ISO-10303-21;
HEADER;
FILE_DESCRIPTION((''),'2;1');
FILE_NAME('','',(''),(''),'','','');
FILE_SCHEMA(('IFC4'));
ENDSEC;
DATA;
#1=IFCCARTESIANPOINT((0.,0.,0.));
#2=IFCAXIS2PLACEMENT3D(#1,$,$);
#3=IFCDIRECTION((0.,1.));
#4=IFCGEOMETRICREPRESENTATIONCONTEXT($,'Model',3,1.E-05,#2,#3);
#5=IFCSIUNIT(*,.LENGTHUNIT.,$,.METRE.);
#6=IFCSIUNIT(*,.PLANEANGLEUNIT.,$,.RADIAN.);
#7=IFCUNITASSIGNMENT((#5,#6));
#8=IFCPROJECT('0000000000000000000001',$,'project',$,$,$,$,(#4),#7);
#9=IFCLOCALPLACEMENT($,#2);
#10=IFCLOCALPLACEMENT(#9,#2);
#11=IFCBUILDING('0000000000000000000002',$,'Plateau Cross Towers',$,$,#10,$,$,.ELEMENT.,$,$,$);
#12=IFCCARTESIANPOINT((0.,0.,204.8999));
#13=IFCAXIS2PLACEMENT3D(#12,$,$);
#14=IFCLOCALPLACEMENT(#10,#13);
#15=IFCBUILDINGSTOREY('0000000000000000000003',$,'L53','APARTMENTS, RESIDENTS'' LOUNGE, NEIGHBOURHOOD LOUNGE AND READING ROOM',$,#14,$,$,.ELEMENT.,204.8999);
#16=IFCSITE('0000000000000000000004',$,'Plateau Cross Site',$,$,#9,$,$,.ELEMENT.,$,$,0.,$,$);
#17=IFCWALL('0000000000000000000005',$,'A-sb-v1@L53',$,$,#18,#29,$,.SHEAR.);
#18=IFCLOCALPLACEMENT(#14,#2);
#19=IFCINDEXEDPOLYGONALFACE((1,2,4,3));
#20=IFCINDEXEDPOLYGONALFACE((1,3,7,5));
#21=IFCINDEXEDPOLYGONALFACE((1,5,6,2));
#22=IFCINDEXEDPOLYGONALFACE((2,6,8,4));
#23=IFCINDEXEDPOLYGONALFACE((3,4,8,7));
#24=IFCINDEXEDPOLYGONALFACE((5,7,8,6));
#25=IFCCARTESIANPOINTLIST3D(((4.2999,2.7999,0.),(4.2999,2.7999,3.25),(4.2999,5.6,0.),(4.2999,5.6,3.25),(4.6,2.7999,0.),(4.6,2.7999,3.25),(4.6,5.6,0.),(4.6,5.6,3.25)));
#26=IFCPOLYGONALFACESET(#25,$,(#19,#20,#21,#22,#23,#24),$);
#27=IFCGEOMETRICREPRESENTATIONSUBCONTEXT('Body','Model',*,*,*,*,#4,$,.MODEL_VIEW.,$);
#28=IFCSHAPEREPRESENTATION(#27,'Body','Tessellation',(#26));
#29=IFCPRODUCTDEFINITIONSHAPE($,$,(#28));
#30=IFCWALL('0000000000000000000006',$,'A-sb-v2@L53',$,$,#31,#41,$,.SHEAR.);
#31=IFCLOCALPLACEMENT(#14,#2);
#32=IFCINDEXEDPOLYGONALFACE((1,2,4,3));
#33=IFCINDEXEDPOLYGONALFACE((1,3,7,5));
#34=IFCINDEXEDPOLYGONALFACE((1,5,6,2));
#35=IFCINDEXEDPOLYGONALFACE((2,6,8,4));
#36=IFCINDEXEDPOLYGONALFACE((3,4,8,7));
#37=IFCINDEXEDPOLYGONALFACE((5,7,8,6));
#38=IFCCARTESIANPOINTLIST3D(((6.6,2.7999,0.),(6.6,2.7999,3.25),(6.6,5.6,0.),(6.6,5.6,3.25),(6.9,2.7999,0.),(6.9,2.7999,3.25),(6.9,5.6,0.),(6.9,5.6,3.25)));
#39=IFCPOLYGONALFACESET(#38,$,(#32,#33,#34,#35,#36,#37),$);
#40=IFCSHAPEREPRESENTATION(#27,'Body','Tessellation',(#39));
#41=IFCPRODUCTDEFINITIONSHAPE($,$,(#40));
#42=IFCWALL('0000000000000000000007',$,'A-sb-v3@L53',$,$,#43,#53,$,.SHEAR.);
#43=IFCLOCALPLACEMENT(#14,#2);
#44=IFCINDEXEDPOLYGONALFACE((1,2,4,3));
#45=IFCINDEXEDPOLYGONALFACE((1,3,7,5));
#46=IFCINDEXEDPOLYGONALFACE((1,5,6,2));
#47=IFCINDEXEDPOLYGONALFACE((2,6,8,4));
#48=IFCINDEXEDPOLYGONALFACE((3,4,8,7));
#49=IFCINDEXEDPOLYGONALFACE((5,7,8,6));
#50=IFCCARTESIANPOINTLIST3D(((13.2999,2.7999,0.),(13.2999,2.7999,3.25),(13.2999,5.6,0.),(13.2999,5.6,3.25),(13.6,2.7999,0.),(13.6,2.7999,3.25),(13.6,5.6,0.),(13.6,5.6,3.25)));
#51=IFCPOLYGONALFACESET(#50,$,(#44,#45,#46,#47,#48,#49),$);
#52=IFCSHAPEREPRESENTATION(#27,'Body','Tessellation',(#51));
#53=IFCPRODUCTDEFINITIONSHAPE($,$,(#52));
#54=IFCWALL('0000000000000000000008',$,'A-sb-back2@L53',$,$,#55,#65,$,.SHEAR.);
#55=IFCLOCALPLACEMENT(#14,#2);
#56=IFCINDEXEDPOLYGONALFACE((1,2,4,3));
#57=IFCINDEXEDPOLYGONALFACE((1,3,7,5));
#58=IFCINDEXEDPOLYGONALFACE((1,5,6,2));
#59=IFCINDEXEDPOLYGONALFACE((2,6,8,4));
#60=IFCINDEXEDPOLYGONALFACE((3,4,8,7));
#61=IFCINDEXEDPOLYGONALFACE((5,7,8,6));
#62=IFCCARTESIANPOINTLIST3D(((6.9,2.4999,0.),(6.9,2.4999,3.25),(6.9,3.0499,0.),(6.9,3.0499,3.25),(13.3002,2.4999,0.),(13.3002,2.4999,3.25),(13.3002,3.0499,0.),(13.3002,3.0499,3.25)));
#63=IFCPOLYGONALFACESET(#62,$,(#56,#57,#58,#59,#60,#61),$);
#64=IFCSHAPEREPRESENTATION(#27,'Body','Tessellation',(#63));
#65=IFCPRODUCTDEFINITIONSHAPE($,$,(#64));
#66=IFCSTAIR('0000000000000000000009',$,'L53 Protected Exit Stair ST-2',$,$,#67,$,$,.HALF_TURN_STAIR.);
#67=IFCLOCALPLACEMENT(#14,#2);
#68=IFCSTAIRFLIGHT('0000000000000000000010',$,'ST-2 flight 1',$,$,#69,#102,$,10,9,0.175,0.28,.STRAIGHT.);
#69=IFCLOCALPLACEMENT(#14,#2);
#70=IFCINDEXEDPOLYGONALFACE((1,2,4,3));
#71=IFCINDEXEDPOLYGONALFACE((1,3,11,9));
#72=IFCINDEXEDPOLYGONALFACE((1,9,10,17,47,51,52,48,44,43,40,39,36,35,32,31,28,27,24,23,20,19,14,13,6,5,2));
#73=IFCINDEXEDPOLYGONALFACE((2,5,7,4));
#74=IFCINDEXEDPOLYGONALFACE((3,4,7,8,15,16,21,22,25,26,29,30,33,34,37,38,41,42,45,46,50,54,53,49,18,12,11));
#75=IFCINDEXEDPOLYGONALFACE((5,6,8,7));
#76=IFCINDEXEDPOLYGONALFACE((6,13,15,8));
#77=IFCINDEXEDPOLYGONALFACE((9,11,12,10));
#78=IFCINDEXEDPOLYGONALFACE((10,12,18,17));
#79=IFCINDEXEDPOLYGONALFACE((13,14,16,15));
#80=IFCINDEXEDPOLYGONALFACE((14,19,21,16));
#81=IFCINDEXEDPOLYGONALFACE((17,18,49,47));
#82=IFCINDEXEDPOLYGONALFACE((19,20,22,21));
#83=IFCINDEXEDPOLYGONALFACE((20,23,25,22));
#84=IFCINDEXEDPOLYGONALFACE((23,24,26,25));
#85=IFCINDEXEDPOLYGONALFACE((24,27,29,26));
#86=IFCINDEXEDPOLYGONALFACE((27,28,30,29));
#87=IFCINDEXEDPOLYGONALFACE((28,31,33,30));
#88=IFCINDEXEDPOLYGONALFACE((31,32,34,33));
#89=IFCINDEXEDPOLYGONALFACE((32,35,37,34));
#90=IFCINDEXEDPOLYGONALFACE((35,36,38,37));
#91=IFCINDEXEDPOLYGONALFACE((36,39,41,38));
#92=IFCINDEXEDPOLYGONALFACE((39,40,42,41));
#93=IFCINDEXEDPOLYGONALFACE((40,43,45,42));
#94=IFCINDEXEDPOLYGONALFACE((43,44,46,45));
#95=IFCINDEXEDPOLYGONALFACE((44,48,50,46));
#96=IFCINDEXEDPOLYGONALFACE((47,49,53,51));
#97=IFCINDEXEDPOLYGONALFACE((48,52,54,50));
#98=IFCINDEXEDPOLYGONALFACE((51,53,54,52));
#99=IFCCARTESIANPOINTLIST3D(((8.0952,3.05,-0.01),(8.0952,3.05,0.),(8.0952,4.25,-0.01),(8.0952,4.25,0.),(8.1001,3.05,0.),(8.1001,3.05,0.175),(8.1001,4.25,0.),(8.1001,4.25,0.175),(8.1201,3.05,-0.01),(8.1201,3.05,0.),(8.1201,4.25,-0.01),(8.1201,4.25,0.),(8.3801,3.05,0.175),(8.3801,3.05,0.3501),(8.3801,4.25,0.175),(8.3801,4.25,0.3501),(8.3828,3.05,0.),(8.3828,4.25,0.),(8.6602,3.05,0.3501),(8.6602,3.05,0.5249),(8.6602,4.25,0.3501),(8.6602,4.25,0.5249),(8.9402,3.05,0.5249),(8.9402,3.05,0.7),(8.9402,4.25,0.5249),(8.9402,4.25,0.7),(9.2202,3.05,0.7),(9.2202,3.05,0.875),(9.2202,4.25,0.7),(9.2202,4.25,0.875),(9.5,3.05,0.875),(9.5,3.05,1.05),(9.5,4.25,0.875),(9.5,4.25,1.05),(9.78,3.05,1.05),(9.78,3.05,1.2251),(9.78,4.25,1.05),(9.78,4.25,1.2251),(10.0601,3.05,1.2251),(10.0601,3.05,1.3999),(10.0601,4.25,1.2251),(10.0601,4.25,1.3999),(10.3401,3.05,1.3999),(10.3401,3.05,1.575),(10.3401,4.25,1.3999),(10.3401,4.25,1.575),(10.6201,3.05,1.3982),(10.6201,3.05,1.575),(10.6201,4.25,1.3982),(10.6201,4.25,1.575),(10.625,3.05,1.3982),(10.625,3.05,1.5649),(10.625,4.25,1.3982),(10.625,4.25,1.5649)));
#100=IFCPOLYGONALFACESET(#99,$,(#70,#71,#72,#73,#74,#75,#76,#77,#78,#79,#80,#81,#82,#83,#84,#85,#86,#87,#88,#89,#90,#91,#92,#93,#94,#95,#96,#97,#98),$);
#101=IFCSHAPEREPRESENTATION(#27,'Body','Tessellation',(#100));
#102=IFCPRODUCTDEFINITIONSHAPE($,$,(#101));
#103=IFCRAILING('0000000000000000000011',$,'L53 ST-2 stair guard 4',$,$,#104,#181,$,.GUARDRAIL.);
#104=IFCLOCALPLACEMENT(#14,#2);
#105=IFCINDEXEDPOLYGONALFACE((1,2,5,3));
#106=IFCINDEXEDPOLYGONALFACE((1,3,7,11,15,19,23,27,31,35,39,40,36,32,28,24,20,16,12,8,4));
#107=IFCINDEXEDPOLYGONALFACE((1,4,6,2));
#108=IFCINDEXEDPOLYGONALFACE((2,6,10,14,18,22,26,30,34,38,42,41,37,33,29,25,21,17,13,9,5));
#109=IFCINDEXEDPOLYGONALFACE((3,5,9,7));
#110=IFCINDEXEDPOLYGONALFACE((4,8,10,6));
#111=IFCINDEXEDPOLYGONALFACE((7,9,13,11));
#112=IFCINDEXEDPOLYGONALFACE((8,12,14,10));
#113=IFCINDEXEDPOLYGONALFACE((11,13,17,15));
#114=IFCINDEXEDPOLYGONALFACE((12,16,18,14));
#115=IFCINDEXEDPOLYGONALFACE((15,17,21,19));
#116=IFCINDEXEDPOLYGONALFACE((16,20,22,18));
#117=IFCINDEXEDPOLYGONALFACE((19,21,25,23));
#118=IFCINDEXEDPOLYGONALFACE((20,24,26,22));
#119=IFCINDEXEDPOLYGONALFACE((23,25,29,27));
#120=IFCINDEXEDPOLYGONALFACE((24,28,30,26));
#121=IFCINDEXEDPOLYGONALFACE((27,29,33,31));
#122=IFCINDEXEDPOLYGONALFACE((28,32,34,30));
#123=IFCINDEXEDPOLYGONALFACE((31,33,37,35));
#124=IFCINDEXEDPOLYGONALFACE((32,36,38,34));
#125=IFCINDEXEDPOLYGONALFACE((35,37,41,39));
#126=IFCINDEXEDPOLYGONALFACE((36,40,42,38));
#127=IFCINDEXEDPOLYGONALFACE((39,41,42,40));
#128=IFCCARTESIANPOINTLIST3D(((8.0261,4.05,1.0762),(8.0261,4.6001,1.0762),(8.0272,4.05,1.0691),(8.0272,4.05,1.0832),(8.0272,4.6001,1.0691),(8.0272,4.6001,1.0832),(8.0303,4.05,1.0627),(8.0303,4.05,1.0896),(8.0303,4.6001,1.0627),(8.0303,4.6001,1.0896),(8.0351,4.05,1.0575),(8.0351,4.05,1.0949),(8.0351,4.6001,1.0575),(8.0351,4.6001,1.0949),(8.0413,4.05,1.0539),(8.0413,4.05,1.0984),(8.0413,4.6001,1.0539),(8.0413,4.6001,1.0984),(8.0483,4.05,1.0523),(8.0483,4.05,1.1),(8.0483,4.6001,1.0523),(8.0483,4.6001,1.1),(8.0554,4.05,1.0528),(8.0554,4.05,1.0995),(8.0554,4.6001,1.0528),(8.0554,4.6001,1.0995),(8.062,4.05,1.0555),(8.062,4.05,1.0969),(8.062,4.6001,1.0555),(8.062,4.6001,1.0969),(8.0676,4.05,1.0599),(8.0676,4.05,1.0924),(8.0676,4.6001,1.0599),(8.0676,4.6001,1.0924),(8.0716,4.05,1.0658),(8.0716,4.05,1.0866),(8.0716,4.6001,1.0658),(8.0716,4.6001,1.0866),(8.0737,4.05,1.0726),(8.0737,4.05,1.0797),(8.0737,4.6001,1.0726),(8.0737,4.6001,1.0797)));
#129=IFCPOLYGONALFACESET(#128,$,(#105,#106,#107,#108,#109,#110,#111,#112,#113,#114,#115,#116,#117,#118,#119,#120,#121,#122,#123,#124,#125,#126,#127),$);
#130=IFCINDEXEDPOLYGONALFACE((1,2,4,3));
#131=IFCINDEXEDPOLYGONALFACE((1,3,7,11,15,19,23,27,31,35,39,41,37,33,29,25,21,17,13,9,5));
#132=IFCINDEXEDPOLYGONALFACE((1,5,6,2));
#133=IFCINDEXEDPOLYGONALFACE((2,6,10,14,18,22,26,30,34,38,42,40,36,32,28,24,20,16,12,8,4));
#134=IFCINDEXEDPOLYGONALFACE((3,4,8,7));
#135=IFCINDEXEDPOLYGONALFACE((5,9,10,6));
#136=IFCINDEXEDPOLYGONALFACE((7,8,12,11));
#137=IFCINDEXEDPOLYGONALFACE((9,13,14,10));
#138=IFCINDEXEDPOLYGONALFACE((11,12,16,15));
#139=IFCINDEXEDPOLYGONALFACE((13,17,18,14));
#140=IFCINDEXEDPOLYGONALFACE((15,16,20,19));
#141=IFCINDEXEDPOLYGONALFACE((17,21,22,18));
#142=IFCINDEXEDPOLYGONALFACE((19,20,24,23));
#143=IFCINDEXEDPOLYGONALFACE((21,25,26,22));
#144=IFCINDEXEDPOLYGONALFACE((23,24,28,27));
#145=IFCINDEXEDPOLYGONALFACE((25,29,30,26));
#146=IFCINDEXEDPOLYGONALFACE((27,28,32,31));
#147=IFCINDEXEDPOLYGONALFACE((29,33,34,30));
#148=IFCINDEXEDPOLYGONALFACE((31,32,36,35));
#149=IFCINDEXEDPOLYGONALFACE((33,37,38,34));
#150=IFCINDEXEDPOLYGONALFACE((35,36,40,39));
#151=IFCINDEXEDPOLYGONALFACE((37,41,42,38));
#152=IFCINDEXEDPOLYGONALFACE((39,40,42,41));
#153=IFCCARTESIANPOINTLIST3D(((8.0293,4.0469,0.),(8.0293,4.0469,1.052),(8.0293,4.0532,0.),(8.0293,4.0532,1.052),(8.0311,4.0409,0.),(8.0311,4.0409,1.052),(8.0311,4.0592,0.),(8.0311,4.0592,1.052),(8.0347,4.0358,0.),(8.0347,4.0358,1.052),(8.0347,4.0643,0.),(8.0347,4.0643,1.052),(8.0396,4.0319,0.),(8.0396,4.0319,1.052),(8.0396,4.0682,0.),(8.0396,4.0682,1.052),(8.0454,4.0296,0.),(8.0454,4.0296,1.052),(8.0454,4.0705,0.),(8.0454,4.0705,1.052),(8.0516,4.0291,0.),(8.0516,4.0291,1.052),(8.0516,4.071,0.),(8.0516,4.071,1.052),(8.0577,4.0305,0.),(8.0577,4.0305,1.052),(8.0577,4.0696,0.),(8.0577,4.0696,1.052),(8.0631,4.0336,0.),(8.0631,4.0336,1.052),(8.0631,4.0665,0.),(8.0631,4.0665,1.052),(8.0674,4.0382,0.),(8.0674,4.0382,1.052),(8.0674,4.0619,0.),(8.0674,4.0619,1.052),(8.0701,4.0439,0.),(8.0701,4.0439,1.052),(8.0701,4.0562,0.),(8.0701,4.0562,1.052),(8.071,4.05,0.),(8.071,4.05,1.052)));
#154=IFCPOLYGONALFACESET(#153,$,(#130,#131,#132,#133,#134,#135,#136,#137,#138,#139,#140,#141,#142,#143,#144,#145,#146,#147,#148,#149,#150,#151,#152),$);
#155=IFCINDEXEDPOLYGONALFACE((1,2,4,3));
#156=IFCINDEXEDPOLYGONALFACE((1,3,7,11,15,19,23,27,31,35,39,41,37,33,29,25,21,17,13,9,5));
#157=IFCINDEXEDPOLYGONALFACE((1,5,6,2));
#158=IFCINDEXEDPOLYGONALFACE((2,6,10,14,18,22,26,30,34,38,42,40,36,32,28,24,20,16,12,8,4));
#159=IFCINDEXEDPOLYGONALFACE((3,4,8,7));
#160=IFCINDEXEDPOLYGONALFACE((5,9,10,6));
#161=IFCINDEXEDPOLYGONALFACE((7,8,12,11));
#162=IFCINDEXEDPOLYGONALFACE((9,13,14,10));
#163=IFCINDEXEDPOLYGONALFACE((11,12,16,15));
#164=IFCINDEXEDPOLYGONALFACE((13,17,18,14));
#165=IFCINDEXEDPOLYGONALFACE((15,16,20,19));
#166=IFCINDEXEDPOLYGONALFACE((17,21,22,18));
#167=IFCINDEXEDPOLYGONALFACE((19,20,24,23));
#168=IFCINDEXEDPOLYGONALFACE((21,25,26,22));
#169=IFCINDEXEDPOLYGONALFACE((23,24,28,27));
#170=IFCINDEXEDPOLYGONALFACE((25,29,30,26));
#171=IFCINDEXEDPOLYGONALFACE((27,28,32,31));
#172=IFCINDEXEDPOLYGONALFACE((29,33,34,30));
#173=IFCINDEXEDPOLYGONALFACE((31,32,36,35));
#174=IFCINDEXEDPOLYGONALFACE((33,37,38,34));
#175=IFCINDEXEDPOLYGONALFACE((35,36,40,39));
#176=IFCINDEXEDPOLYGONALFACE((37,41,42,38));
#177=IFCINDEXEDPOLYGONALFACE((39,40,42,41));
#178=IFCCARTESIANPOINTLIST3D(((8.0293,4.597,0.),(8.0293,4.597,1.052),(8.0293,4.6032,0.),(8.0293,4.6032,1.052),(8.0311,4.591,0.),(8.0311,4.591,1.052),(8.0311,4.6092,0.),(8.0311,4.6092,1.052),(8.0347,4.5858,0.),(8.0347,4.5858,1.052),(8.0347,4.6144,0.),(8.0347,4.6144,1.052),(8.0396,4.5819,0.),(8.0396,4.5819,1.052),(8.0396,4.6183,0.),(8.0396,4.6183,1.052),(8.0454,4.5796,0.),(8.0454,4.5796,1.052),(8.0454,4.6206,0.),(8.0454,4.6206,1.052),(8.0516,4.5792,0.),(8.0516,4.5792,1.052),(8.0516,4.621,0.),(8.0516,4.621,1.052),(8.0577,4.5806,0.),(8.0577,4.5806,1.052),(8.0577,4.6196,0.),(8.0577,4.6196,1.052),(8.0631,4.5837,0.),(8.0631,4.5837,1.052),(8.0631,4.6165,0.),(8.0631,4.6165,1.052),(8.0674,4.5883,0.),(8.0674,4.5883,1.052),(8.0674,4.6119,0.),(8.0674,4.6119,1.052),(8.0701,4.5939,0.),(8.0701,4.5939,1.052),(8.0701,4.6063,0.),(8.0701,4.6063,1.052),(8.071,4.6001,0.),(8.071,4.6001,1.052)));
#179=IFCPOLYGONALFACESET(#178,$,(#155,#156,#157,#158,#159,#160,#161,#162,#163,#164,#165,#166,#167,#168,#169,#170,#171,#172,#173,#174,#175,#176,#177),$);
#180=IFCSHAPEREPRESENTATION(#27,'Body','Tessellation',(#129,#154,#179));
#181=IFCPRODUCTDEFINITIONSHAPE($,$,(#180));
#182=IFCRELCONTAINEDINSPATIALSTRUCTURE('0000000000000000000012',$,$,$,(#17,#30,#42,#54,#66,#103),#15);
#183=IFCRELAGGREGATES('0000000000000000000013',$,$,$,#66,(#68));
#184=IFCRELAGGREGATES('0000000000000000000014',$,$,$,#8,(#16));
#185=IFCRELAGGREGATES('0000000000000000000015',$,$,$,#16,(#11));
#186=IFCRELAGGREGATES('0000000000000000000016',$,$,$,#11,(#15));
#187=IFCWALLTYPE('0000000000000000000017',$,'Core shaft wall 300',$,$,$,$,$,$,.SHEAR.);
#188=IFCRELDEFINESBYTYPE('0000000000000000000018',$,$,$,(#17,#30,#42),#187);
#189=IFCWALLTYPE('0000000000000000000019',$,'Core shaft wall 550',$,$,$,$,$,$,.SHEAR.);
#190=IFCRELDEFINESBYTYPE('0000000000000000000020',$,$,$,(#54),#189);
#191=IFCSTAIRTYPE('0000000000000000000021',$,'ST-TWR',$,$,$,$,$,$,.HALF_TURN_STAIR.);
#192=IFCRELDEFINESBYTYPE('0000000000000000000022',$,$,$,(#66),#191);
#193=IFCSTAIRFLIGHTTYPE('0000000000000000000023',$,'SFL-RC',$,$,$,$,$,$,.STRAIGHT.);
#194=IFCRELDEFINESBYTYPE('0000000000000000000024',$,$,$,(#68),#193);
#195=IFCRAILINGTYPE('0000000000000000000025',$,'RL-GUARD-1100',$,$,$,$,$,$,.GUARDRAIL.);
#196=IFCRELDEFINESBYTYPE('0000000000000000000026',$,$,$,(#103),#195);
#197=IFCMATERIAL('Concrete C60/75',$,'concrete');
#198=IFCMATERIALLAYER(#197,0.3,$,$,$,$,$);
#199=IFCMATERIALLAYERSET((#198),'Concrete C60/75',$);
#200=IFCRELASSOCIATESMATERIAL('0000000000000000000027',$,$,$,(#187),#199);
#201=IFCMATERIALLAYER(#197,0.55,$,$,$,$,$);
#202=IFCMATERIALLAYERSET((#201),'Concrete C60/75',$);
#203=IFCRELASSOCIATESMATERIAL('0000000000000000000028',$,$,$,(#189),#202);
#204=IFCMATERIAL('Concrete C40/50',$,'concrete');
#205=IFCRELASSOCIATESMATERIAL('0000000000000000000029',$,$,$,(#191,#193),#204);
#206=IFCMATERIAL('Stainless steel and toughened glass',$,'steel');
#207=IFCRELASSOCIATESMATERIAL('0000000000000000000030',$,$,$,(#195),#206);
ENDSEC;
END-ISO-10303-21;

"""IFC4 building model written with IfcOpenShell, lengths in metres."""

from ifc_helpers import new_model, si_unit, direction, frame, frame_2d, origin, origin_2d, place, context, subcontext, project, spatial, polyline, rectangle, circle, outline, extrude, material, layer, layer_set, type_object, element, aggregate, save


model = new_model("IFC4")

# Units and contexts
model_context = context("Model", 3, precision=1e-05, world=origin(), true_north=direction((0.0, 1.0)))
body_context = subcontext(model_context, "Body", "Model", "MODEL_VIEW")
ifc_project = project(units=[si_unit("LENGTHUNIT", "METRE"), si_unit("PLANEANGLEUNIT", "RADIAN")], contexts=[model_context])

# Site, building, storey
site_placement = place(None, origin())
site = spatial("IfcSite", under=ifc_project, at=site_placement, Name="Plateau Cross Site", CompositionType="ELEMENT", RefElevation=0.0)
building_placement = place(site_placement, origin())
building = spatial("IfcBuilding", under=site, at=building_placement, Name="Plateau Cross Towers", CompositionType="ELEMENT")
storey_placement = place(building_placement, frame((0.0, 0.0, 204.8999)))
storey = spatial("IfcBuildingStorey", under=building, at=storey_placement, Name="L53", Description="APARTMENTS, RESIDENTS' LOUNGE, NEIGHBOURHOOD LOUNGE AND READING ROOM", CompositionType="ELEMENT", Elevation=204.8999)

# Walls
ifc_material_1 = material(Name="Concrete C60/75", Category="concrete")
ifc_layer_1 = layer(ifc_material_1, 0.3)
ifc_layer_set_1 = layer_set([ifc_layer_1], Name="Concrete C60/75")
wall_type_1 = type_object("IfcWallType", Name="Core shaft wall 300", PredefinedType="SHEAR", material=ifc_layer_set_1)
for number, where, z_axis, x_axis, name in (
    (1, (4.45, 2.8, 0.0), (0.0, 0.0, 1.0), (0.0, 1.0, 0.0), "A-sb-v1@L53"),
    (2, (6.75, 2.8, 0.0), (0.0, 0.0, 1.0), (0.0, 1.0, 0.0), "A-sb-v2@L53"),
    (3, (13.45, 2.8, 0.0), (0.0, 0.0, 1.0), (0.0, 1.0, 0.0), "A-sb-v3@L53"),
):
    element("IfcWall", number, at=place(storey_placement, frame(where, z_axis=z_axis, x_axis=x_axis)), inside=storey, type_object=wall_type_1, Name=name, PredefinedType="SHEAR", context=body_context, shape_type="SweptSolid", body=[
        extrude(rectangle(XDim=2.8, YDim=0.3, at=frame_2d((1.3999, 0.0))), origin(), (0.0, 0.0, 1.0), 3.25),
    ])
ifc_layer_2 = layer(ifc_material_1, 0.55)
ifc_layer_set_2 = layer_set([ifc_layer_2], Name="Concrete C60/75")
wall_type_2 = type_object("IfcWallType", Name="Core shaft wall 550", PredefinedType="SHEAR", material=ifc_layer_set_2)
wall_1_placement = place(storey_placement, frame((6.8999, 2.7749, 0.0), z_axis=(0.0, 0.0, 1.0), x_axis=(1.0, 0.0, 0.0)))
element("IfcWall", 4, at=wall_1_placement, inside=storey, type_object=wall_type_2, Name="A-sb-back2@L53", PredefinedType="SHEAR", context=body_context, shape_type="SweptSolid", body=[
    extrude(rectangle(XDim=6.4001, YDim=0.55, at=frame_2d((3.2002, 0.0))), origin(), (0.0, 0.0, 1.0), 3.25),
])

# Stair, stair flight
ifc_material_2 = material(Name="Concrete C40/50", Category="concrete")
stair_type = type_object("IfcStairType", Name="ST-TWR", PredefinedType="HALF_TURN_STAIR", material=ifc_material_2)
stair_placement = place(storey_placement, origin())
stair = element("IfcStair", 5, at=stair_placement, inside=storey, type_object=stair_type, Name="L53 Protected Exit Stair ST-2", PredefinedType="HALF_TURN_STAIR")
stair_flight_type = type_object("IfcStairFlightType", Name="SFL-RC", PredefinedType="STRAIGHT", material=ifc_material_2)
stair_flight_placement = place(storey_placement, frame((8.1001, 3.6499, 0.0), z_axis=(0.0, 0.0, 1.0), x_axis=(1.0, 0.0, 0.0)))
stair_flight = element("IfcStairFlight", 6, at=stair_flight_placement, type_object=stair_flight_type, Name="ST-2 flight 1", NumberOfRisers=10, NumberOfTreads=9, PredefinedType="STRAIGHT", RiserHeight=0.175, TreadLength=0.28, context=body_context, shape_type="SweptSolid", body=[
    extrude(outline(polyline([(-0.0049, -0.01), (-0.0049, 0.0), (0.0, 0.0), (0.0, 0.175), (0.28, 0.175), (0.28, 0.3501), (0.5601, 0.3501), (0.5601, 0.5249), (0.8401, 0.5249), (0.8401, 0.7), (1.1201, 0.7), (1.1201, 0.875), (1.3999, 0.875), (1.3999, 1.05), (1.6799, 1.05), (1.6799, 1.2251), (1.96, 1.2251), (1.96, 1.3999), (2.24, 1.3999), (2.24, 1.575), (2.52, 1.575), (2.5249, 1.5649), (2.5249, 1.3982), (2.52, 1.3982), (0.2827, 0.0), (0.02, 0.0), (0.02, -0.01), (-0.0049, -0.01)])), frame((0.0, 0.6001, 0.0), z_axis=(0.0, -1.0, 0.0), x_axis=(1.0, 0.0, 0.0)), (0.0, 0.0, 1.0), 1.2),
])
aggregate(stair, [stair_flight])

# Railing
ifc_material_3 = material(Name="Stainless steel and toughened glass", Category="steel")
railing_type_1 = type_object("IfcRailingType", Name="RL-GUARD-1100", PredefinedType="GUARDRAIL", material=ifc_material_3)
railing_1_placement = place(storey_placement, frame((8.05, 4.05, 0.0)))
element("IfcRailing", 7, at=railing_1_placement, inside=storey, type_object=railing_type_1, Name="L53 ST-2 stair guard 4", PredefinedType="GUARDRAIL", context=body_context, shape_type="SweptSolid", body=[
    extrude(circle(Radius=0.0239, at=origin_2d()), frame((0.0, 0.0, 1.0762), z_axis=(0.0, 1.0, 0.0), x_axis=(-1.0, 0.0, 0.0)), (0.0, 0.0, 1.0), 0.55),
    extrude(circle(Radius=0.021, at=origin_2d()), origin(), (0.0, 0.0, 1.0), 1.052),
    extrude(circle(Radius=0.021, at=origin_2d()), frame((0.0, 0.55, 0.0)), (0.0, 0.0, 1.0), 1.052),
])

save(model, "model.ifc")
